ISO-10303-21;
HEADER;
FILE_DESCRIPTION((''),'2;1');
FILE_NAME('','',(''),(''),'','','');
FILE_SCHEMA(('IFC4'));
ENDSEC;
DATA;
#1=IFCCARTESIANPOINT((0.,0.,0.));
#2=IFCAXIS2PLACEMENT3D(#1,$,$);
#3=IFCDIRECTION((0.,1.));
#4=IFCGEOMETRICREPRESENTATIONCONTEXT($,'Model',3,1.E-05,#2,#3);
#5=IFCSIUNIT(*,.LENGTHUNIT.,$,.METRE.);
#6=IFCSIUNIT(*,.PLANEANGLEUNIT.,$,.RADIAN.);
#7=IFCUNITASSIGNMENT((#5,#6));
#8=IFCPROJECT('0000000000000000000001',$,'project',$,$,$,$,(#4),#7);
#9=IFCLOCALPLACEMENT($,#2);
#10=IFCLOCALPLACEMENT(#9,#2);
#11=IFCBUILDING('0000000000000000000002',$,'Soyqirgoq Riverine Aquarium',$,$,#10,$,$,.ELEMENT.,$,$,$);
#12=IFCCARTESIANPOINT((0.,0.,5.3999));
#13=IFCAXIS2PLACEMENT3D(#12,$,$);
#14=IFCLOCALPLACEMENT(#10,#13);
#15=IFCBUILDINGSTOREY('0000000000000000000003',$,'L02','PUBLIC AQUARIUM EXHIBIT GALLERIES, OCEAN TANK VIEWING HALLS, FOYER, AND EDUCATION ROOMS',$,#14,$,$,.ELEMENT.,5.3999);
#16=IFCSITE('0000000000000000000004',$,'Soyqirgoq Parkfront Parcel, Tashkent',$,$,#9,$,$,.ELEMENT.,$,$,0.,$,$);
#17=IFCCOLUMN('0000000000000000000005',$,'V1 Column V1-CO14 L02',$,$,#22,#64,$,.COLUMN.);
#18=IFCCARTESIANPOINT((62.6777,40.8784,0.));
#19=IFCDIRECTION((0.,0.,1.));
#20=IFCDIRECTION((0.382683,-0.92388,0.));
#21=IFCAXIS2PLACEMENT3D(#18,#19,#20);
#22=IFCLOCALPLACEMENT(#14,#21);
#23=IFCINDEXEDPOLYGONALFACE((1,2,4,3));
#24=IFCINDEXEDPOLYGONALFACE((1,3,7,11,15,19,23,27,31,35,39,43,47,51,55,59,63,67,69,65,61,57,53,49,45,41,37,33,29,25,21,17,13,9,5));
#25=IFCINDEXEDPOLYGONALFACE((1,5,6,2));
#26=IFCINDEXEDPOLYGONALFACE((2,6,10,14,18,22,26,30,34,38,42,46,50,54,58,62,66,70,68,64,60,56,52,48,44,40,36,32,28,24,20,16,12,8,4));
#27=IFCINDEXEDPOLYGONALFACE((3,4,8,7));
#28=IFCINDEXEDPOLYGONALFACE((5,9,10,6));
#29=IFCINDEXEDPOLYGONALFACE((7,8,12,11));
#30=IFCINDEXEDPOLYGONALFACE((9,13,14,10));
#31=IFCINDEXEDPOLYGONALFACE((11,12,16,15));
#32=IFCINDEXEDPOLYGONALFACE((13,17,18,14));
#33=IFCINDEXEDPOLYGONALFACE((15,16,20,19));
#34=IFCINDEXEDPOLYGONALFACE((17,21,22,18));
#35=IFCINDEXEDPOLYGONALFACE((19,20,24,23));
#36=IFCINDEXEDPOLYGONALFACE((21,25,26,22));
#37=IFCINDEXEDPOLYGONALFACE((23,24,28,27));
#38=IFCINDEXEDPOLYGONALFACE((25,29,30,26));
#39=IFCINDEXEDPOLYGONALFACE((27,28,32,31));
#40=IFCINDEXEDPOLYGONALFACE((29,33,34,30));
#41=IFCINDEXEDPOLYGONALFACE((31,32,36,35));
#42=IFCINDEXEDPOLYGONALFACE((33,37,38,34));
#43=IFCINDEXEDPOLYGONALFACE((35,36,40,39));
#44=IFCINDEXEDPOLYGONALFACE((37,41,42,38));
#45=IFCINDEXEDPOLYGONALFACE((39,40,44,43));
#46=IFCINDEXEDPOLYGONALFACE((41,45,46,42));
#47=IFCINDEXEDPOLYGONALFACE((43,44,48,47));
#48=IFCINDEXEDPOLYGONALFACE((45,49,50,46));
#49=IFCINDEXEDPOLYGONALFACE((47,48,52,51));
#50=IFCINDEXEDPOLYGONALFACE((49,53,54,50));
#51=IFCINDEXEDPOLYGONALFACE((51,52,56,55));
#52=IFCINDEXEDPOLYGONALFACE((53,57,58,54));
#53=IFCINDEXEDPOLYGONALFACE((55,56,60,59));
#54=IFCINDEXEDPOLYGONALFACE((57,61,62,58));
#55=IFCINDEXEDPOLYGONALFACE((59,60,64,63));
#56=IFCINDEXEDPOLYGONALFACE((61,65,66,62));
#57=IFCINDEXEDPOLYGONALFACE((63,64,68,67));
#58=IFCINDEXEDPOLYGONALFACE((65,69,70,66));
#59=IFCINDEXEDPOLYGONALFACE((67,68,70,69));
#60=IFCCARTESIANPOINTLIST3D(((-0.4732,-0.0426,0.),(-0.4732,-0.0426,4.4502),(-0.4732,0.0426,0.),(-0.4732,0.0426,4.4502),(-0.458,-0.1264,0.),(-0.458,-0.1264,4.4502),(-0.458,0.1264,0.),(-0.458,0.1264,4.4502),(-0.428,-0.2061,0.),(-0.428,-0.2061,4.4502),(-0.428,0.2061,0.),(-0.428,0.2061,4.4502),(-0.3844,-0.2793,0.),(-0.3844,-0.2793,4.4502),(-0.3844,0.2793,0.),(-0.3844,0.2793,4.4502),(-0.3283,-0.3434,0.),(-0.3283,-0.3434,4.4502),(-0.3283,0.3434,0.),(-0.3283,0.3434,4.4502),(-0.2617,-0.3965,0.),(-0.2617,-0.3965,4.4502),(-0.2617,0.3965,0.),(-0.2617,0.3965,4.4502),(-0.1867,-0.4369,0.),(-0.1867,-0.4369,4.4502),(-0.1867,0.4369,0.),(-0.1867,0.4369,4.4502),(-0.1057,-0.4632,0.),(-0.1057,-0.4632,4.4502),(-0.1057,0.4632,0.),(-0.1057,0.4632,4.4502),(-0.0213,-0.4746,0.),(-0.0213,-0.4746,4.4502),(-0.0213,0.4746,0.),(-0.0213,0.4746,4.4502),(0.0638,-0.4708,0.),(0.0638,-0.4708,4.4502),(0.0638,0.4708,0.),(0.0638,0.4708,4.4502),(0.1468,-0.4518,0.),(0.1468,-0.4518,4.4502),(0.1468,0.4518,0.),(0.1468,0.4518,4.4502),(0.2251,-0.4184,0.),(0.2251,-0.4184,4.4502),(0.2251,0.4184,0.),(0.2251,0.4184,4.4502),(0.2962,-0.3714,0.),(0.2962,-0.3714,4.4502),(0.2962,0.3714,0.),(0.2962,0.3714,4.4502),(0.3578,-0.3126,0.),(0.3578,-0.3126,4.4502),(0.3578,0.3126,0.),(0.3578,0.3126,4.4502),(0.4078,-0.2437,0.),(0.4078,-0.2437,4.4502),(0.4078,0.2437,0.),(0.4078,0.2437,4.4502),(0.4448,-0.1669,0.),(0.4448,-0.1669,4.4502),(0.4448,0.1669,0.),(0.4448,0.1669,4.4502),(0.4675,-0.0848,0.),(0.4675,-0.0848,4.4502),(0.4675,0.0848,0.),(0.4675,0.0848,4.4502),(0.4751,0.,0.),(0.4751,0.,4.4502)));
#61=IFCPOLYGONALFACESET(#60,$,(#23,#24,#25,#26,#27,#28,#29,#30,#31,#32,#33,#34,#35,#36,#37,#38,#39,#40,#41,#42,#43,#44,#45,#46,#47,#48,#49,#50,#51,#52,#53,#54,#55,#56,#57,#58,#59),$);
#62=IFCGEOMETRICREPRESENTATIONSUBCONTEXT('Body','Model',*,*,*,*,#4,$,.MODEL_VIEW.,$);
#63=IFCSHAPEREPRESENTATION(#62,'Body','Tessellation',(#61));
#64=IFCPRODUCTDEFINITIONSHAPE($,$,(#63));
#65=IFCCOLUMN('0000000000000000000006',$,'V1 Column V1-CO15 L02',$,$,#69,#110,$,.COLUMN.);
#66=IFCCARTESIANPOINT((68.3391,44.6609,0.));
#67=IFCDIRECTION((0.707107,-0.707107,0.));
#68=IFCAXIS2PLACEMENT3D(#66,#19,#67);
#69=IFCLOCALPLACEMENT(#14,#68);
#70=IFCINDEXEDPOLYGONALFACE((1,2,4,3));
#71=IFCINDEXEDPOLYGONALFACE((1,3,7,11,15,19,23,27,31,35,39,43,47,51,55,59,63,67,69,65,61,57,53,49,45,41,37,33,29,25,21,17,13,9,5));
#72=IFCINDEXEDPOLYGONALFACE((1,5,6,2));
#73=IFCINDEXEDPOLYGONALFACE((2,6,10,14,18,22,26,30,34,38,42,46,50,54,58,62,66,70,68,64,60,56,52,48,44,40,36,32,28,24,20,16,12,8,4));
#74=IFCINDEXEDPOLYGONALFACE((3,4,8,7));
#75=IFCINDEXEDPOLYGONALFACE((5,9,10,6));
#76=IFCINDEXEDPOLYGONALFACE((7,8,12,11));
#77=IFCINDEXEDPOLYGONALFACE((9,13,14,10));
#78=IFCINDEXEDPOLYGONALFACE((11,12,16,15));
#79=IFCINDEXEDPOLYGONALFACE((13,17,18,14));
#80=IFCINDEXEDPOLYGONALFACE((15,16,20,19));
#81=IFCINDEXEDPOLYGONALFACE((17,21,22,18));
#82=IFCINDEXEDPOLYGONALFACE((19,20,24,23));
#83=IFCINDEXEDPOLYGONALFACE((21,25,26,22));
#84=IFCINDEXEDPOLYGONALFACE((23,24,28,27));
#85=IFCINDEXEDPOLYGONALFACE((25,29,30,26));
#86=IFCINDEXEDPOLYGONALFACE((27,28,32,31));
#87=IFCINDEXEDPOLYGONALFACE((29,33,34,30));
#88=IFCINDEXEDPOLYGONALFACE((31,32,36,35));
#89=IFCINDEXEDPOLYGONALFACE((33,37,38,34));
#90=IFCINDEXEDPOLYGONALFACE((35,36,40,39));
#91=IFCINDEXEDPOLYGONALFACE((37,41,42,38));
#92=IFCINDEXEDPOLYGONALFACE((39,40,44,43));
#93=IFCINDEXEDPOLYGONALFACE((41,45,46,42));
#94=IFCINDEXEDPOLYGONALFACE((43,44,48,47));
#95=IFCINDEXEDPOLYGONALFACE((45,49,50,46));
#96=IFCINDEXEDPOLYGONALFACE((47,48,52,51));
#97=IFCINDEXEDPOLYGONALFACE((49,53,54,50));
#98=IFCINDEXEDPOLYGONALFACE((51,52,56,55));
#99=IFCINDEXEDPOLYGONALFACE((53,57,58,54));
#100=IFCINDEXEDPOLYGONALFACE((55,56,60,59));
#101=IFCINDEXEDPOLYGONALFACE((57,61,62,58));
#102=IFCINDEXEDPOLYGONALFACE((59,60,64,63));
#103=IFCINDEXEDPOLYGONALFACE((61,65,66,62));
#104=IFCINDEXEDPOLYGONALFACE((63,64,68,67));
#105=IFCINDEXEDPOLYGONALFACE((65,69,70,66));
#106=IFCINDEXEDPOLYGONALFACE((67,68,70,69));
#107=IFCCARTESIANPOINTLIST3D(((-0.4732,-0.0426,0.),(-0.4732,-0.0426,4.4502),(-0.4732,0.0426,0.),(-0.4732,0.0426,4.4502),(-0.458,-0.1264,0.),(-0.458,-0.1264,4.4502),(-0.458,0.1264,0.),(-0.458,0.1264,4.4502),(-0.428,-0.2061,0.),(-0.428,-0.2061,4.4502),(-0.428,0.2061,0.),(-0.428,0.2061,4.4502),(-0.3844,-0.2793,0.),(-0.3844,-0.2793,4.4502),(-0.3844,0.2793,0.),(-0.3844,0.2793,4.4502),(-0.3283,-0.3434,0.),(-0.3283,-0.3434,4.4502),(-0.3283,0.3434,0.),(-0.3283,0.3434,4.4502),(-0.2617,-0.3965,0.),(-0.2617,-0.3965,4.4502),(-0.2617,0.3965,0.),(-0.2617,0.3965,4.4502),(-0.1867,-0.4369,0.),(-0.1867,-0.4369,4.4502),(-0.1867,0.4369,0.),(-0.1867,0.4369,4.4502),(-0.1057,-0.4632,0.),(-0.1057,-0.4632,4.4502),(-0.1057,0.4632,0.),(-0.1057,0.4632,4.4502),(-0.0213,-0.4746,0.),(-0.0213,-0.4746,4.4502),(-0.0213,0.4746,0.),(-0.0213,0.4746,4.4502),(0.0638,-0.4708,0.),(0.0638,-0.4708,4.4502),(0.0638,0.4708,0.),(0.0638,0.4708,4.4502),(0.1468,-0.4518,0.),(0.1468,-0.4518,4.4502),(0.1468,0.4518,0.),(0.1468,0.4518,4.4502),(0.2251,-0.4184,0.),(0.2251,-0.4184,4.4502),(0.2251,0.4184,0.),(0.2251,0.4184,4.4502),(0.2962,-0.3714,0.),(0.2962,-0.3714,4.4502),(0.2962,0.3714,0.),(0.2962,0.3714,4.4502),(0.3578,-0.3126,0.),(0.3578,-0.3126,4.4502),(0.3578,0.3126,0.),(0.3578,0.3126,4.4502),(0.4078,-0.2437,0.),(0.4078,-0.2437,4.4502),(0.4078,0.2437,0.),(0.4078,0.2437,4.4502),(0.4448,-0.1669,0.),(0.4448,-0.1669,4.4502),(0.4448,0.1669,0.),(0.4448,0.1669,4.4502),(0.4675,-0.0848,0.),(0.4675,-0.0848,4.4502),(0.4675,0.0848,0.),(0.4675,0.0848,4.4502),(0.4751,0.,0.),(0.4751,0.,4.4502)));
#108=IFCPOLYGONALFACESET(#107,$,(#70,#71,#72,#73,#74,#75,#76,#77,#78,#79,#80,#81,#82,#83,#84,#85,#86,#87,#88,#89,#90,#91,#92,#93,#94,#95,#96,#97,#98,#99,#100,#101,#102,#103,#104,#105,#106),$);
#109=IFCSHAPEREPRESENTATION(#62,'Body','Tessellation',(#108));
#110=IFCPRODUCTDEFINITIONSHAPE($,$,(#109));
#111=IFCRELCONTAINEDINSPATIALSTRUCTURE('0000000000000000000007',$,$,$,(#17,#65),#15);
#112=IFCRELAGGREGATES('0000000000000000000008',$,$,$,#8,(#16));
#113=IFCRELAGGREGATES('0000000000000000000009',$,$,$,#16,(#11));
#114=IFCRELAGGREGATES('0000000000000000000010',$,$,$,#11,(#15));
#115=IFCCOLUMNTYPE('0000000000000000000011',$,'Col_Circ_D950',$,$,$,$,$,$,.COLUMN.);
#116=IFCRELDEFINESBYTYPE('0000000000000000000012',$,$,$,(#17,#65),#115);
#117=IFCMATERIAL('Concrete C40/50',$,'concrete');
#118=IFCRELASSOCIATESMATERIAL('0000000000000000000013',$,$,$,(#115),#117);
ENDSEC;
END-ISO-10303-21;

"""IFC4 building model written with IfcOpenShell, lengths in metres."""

from ifc_helpers import new_model, si_unit, direction, frame, origin, origin_2d, place, context, subcontext, project, spatial, circle, extrude, material, material_profile, profile_set, type_object, element, save


model = new_model("IFC4")

# Units and contexts
model_context = context("Model", 3, precision=1e-05, world=origin(), true_north=direction((0.0, 1.0)))
body_context = subcontext(model_context, "Body", "Model", "MODEL_VIEW")
ifc_project = project(units=[si_unit("LENGTHUNIT", "METRE"), si_unit("PLANEANGLEUNIT", "RADIAN")], contexts=[model_context])

# Site, building, storey
site_placement = place(None, origin())
site = spatial("IfcSite", under=ifc_project, at=site_placement, Name="Soyqirgoq Parkfront Parcel, Tashkent", CompositionType="ELEMENT", RefElevation=0.0)
building_placement = place(site_placement, origin())
building = spatial("IfcBuilding", under=site, at=building_placement, Name="Soyqirgoq Riverine Aquarium", CompositionType="ELEMENT")
storey_placement = place(building_placement, frame((0.0, 0.0, 5.3999)))
storey = spatial("IfcBuildingStorey", under=building, at=storey_placement, Name="L02", Description="PUBLIC AQUARIUM EXHIBIT GALLERIES, OCEAN TANK VIEWING HALLS, FOYER, AND EDUCATION ROOMS", CompositionType="ELEMENT", Elevation=5.3999)

# Columns
ifc_material_1 = material(Name="Concrete C40/50", Category="concrete")
ifc_material_profile_1 = material_profile(ifc_material_1, circle(Radius=0.4751, at=origin_2d()), Name="RC-COL D950")
ifc_profile_set_1 = profile_set([ifc_material_profile_1], Name="Concrete C40/50")
column_type_1 = type_object("IfcColumnType", Name="Col_Circ_D950", PredefinedType="COLUMN", material=ifc_profile_set_1)
for number, where, z_axis, x_axis, name in (
    (1, (62.6777, 40.8784, 0.0), (0.0, 0.0, 1.0), (0.382683, -0.92388, 0.0), "V1 Column V1-CO14 L02"),
    (2, (68.3391, 44.6609, 0.0), (0.0, 0.0, 1.0), (0.707107, -0.707107, 0.0), "V1 Column V1-CO15 L02"),
):
    element("IfcColumn", number, at=place(storey_placement, frame(where, z_axis=z_axis, x_axis=x_axis)), inside=storey, type_object=column_type_1, Name=name, PredefinedType="COLUMN", context=body_context, shape_type="SweptSolid", body=[
        extrude(circle(Radius=0.4751, at=origin_2d()), origin(), (0.0, 0.0, 1.0), 4.4502),
    ])

save(model, "model.ifc")
